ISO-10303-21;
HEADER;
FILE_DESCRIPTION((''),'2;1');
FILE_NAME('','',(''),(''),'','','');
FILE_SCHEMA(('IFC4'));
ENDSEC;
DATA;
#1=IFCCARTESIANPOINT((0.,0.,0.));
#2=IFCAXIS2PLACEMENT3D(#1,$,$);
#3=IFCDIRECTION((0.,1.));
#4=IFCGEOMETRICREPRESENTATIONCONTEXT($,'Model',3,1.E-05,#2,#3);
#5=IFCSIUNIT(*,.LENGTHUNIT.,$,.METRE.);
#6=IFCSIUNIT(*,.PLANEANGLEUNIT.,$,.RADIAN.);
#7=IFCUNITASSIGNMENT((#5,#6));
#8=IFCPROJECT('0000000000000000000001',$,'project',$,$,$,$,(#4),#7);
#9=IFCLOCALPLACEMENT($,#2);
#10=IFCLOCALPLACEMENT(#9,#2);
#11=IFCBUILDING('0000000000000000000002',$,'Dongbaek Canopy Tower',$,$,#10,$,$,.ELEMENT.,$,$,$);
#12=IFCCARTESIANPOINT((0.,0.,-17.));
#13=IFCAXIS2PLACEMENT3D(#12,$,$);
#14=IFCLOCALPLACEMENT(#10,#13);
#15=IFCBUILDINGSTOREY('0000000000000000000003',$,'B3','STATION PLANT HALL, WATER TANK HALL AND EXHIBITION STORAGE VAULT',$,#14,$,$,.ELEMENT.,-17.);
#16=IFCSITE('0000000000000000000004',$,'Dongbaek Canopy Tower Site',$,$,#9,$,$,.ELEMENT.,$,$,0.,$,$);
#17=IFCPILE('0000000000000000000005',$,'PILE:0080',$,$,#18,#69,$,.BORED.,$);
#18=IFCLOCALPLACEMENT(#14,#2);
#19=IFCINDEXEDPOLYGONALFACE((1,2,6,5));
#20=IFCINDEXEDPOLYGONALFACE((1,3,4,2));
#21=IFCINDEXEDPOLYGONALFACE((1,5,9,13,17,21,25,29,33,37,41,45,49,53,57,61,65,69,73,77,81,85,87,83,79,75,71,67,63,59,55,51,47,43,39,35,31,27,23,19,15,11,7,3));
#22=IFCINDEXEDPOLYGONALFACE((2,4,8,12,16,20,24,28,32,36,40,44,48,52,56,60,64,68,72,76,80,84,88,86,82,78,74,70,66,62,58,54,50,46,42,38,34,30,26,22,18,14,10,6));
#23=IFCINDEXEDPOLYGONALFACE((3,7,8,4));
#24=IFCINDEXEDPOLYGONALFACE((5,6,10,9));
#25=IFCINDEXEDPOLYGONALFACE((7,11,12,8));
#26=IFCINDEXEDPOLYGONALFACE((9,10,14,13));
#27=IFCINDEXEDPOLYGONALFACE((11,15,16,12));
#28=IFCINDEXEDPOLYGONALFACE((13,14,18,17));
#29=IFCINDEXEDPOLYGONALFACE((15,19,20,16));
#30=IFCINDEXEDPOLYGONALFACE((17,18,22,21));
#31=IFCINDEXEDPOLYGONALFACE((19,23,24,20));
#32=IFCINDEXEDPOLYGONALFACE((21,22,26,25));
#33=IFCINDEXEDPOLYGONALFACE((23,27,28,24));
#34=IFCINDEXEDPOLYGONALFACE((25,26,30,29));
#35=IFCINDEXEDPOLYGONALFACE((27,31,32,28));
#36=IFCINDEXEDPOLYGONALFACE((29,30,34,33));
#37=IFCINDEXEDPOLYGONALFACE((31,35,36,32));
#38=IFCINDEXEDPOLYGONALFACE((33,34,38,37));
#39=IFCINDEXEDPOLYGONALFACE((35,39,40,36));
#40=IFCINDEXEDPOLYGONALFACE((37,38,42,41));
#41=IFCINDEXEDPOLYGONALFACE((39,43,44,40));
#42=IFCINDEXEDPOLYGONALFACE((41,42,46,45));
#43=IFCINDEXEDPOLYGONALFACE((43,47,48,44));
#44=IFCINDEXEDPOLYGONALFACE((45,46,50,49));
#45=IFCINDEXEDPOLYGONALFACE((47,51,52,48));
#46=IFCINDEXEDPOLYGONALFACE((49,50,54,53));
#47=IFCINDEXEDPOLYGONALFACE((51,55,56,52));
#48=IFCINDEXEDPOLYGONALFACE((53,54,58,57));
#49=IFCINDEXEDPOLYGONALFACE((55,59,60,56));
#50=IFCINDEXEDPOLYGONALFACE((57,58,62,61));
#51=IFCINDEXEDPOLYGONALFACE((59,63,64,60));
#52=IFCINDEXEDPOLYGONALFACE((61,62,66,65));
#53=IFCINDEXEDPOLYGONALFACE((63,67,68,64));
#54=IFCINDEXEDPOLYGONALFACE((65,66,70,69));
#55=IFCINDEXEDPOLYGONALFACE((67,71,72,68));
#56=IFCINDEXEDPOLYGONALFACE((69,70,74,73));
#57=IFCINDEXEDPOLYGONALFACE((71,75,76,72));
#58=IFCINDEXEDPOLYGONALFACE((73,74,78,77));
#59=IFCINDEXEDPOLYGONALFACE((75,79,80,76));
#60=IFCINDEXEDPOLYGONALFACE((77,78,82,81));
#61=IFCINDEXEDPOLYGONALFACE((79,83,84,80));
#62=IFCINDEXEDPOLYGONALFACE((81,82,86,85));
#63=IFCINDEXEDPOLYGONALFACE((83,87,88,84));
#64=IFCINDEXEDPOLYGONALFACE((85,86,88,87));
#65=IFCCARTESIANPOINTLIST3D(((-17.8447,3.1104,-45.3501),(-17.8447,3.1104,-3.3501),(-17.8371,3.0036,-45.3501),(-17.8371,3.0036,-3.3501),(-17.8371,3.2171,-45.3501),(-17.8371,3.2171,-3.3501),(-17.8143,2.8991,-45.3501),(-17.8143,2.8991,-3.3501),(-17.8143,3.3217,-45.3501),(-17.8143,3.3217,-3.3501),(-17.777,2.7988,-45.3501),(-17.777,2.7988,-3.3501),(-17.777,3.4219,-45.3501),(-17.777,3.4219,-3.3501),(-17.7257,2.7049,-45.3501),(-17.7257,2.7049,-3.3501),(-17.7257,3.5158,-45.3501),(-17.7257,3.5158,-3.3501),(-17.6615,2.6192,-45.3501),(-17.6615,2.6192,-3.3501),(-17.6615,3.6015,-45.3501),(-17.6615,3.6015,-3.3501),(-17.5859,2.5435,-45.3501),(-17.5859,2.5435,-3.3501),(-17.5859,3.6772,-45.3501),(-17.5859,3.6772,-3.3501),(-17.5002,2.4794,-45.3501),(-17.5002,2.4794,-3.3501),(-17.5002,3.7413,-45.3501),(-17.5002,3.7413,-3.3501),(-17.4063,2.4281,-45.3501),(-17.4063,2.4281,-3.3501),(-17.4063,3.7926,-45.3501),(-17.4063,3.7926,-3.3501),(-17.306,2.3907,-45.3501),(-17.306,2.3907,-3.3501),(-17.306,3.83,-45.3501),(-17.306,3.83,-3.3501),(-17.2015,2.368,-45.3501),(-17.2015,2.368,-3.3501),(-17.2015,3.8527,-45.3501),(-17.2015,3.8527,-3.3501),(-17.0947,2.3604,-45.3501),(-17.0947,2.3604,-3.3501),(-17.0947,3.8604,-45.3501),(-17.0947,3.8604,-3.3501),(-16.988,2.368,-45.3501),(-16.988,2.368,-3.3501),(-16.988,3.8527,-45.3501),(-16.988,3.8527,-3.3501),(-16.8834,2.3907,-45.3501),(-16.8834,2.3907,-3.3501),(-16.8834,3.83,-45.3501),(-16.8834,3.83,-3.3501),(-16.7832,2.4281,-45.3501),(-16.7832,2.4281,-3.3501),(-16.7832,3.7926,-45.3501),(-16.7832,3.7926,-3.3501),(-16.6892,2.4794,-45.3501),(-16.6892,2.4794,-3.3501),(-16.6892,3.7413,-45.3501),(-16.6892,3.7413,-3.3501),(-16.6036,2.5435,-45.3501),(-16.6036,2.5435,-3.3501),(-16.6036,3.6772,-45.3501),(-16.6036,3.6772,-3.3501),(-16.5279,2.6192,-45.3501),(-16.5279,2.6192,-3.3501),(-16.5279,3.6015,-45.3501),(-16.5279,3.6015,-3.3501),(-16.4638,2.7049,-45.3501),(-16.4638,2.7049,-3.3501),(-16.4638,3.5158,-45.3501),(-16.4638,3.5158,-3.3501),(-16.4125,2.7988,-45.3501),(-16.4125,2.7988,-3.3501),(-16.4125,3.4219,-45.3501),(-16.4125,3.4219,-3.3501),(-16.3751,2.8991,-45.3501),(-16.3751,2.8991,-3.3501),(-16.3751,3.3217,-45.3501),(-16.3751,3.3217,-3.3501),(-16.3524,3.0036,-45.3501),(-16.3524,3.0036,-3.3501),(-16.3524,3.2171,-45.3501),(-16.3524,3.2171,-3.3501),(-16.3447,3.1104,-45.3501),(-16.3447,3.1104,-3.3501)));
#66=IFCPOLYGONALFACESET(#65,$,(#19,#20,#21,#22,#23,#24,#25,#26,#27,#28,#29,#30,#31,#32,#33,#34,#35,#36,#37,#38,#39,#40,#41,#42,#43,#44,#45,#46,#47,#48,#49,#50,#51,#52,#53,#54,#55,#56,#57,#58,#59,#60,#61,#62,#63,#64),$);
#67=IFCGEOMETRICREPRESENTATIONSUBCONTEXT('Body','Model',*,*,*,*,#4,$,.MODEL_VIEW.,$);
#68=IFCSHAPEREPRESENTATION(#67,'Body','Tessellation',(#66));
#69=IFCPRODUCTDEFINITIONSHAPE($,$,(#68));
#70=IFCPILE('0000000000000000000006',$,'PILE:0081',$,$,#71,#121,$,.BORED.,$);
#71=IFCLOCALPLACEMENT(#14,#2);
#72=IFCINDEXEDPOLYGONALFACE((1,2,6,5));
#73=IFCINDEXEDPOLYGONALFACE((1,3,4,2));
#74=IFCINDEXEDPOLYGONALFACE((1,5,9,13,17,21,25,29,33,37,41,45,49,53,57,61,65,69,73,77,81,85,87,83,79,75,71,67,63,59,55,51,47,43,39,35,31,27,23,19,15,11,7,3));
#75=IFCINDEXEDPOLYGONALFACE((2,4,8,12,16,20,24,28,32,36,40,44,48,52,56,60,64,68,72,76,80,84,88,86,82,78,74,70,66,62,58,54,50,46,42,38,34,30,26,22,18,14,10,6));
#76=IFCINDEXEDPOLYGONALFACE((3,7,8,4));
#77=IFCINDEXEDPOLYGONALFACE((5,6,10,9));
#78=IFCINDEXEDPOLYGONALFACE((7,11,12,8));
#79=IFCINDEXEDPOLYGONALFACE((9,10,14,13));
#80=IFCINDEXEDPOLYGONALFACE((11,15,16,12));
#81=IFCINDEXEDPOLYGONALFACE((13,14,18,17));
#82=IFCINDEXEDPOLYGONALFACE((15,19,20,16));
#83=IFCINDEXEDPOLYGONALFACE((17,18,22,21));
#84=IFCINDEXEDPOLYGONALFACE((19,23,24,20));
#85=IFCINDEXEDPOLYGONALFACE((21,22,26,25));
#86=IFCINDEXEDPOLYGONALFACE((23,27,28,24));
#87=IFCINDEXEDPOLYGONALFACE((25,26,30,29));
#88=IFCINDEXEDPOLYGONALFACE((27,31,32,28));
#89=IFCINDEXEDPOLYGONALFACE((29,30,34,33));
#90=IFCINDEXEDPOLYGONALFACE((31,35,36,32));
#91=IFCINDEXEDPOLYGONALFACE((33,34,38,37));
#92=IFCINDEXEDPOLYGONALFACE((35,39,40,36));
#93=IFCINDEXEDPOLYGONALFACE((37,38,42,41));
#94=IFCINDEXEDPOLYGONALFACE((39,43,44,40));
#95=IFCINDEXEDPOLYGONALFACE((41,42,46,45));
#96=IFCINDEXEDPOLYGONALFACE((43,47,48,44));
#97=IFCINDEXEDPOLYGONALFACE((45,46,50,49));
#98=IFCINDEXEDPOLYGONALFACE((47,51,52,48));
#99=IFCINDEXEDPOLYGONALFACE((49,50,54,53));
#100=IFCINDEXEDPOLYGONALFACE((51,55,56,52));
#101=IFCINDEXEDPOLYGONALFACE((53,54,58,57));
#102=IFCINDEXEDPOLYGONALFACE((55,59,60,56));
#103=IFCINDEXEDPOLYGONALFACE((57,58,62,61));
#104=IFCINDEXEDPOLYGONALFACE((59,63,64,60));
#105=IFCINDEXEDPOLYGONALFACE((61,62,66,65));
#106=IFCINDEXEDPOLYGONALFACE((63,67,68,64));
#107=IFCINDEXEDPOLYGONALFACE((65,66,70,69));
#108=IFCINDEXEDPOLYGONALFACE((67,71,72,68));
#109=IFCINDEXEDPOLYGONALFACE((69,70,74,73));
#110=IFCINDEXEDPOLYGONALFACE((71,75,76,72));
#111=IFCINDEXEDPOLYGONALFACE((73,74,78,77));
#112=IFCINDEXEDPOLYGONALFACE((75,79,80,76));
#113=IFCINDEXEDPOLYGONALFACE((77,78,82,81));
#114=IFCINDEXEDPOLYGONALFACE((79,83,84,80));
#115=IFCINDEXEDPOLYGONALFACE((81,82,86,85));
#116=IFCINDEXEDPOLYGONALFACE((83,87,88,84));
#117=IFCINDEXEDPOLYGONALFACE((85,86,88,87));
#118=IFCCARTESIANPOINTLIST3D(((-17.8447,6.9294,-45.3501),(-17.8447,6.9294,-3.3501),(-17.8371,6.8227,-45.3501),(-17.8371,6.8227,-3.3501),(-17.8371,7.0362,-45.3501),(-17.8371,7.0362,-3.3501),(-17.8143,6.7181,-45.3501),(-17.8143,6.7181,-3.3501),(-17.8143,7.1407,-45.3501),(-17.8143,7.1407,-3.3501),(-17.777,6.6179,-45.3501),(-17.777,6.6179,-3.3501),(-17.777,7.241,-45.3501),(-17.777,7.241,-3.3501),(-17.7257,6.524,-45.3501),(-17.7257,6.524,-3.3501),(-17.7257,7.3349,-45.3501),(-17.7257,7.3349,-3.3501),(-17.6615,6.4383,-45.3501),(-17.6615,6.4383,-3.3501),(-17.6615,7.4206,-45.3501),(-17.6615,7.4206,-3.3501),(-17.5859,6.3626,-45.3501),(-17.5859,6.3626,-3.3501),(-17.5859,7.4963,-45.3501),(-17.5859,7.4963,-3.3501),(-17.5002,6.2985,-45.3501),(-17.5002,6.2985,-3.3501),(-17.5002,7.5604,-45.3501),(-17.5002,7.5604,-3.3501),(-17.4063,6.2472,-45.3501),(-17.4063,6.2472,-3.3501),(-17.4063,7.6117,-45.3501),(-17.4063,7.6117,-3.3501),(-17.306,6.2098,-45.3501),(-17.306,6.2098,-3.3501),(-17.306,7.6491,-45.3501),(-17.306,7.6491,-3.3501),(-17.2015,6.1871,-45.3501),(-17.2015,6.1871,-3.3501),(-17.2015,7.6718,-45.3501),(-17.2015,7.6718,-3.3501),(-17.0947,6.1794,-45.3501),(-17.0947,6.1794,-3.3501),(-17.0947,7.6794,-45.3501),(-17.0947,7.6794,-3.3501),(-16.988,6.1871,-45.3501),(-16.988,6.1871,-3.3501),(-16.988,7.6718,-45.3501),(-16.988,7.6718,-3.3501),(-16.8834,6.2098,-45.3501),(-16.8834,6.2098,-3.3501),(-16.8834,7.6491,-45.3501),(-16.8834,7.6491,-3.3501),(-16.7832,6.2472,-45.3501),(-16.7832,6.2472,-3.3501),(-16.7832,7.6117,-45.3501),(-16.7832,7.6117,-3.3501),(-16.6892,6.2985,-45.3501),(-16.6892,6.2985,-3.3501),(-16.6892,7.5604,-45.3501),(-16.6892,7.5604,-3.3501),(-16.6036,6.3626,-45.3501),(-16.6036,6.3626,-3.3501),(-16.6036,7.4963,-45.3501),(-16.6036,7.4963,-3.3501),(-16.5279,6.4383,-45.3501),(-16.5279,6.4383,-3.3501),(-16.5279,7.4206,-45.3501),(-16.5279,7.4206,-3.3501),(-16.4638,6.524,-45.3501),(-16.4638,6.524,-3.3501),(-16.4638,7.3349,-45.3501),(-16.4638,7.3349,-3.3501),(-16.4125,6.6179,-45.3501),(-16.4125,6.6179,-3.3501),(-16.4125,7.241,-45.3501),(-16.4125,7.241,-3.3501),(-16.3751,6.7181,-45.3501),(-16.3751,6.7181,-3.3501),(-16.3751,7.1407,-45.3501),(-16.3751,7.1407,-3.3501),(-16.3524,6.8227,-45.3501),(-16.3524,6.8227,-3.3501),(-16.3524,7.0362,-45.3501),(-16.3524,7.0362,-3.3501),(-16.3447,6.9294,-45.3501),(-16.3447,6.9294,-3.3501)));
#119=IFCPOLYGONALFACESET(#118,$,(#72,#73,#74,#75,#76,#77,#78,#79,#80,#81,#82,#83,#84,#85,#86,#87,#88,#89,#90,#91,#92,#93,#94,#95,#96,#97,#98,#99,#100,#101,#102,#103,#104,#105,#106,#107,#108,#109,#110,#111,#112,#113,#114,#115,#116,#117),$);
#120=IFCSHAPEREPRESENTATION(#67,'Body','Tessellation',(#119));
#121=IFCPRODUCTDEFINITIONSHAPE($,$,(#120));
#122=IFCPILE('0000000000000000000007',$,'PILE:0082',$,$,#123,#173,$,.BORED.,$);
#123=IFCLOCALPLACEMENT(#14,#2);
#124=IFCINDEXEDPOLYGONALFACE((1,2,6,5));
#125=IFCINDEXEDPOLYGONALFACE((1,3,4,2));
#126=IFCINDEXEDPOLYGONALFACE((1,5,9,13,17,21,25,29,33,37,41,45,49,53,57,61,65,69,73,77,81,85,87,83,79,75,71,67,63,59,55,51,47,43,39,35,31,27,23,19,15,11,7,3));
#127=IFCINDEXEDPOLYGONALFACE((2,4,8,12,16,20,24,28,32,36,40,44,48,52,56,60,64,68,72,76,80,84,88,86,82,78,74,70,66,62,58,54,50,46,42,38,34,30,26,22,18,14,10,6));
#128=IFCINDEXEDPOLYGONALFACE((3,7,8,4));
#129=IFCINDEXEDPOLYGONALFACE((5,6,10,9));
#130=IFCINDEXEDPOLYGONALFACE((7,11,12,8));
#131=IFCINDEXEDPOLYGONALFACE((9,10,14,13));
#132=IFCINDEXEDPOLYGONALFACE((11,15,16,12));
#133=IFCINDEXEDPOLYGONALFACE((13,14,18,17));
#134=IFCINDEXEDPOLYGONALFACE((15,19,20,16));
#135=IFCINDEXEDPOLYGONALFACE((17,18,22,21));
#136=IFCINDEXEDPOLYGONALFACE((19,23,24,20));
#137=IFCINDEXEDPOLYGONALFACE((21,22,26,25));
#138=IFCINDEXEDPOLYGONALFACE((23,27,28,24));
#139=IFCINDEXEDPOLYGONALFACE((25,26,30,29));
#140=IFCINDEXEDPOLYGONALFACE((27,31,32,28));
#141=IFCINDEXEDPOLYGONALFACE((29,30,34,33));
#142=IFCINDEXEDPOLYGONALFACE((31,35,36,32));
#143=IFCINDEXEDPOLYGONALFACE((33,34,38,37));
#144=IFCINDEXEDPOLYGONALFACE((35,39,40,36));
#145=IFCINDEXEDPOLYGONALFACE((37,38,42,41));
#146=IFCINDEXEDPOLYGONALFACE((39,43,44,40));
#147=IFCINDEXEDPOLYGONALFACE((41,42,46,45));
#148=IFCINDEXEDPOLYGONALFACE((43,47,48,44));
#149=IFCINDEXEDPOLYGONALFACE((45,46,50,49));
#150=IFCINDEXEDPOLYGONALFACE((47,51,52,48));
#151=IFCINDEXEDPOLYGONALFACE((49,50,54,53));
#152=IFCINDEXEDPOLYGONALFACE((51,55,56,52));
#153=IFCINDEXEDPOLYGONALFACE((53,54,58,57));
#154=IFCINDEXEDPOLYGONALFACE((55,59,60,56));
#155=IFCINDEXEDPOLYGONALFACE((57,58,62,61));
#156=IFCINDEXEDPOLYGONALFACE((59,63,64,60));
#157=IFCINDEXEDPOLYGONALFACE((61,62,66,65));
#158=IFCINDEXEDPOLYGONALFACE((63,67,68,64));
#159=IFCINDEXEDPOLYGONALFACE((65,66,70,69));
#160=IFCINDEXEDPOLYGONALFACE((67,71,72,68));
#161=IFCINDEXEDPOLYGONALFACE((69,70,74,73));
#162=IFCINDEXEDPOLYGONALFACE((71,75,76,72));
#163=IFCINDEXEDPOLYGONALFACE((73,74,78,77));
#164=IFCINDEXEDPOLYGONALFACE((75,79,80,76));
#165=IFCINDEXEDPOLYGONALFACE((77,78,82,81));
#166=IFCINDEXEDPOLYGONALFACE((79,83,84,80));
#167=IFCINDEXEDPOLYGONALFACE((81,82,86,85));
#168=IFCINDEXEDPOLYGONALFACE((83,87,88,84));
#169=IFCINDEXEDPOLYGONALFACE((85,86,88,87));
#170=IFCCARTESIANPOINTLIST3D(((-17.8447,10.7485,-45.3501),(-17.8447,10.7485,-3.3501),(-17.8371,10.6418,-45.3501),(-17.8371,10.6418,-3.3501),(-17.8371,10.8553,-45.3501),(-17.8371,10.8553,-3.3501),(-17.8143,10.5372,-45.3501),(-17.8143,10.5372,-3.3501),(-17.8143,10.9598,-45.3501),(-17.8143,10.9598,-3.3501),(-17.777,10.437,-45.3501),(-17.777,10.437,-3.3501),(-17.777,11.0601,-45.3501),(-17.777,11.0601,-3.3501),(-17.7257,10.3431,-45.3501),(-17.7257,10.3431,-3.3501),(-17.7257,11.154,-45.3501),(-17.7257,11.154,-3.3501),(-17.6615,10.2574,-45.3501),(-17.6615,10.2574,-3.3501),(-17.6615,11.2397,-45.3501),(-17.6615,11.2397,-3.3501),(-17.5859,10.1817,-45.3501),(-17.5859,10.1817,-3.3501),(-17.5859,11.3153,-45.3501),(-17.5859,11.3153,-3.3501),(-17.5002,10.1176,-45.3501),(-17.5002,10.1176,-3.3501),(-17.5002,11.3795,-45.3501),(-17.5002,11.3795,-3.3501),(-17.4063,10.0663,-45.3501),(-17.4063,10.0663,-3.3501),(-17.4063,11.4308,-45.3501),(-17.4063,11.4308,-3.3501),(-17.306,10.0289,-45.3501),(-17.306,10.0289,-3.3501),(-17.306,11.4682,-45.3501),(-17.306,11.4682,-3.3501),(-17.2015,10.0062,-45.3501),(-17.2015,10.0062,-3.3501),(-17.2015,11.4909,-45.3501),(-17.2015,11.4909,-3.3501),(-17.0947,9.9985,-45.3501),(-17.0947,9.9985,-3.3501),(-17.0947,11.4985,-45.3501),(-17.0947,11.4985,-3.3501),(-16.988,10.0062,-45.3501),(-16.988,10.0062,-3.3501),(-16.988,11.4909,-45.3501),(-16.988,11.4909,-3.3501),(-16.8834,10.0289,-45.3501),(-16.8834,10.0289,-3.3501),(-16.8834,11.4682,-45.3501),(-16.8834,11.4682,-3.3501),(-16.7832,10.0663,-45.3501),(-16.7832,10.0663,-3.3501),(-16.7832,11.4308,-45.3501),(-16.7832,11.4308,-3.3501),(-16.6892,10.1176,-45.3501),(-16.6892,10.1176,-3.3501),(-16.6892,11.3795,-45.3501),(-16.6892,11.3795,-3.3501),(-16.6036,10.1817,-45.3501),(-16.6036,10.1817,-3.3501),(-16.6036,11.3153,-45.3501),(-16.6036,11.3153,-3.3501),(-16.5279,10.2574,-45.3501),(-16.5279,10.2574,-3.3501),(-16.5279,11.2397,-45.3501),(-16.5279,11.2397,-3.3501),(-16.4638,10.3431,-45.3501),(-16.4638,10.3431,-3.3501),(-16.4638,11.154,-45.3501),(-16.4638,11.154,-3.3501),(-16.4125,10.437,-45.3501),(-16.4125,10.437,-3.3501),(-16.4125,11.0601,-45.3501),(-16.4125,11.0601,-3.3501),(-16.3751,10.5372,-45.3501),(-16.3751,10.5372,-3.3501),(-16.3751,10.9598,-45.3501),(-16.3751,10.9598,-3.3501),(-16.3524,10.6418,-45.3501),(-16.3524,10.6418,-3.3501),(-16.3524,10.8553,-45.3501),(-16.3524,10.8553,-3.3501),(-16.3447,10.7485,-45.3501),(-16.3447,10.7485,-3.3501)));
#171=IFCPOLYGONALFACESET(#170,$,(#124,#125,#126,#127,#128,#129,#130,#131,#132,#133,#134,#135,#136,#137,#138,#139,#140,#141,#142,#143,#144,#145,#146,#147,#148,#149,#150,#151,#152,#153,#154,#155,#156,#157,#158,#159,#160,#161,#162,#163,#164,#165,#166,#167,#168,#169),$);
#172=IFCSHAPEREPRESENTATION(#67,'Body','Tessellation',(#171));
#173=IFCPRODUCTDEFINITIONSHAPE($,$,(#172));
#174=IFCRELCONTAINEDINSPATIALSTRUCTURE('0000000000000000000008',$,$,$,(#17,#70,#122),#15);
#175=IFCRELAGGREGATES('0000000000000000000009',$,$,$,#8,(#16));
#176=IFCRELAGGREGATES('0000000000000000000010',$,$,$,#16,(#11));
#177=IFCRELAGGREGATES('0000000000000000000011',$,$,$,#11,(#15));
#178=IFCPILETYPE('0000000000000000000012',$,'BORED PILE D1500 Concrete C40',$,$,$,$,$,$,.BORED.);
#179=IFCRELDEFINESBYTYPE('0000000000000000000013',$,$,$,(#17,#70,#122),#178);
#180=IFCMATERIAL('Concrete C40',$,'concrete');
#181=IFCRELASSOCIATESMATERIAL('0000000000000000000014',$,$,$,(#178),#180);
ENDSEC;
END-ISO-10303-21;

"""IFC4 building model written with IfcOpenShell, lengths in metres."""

from ifc_helpers import new_model, si_unit, direction, frame, origin, origin_2d, place, context, subcontext, project, spatial, circle, extrude, material, material_profile, profile_set, type_object, element, save


model = new_model("IFC4")

# Units and contexts
model_context = context("Model", 3, precision=1e-05, world=origin(), true_north=direction((0.0, 1.0)))
body_context = subcontext(model_context, "Body", "Model", "MODEL_VIEW")
ifc_project = project(units=[si_unit("LENGTHUNIT", "METRE"), si_unit("PLANEANGLEUNIT", "RADIAN")], contexts=[model_context])

# Site, building, storey
site_placement = place(None, origin())
site = spatial("IfcSite", under=ifc_project, at=site_placement, Name="Dongbaek Canopy Tower Site", CompositionType="ELEMENT", RefElevation=0.0)
building_placement = place(site_placement, origin())
building = spatial("IfcBuilding", under=site, at=building_placement, Name="Dongbaek Canopy Tower", CompositionType="ELEMENT")
storey_placement = place(building_placement, frame((0.0, 0.0, -17.0)))
storey = spatial("IfcBuildingStorey", under=building, at=storey_placement, Name="B3", Description="STATION PLANT HALL, WATER TANK HALL AND EXHIBITION STORAGE VAULT", CompositionType="ELEMENT", Elevation=-17.0)

# Piles
ifc_material_1 = material(Name="Concrete C40", Category="concrete")
ifc_material_profile_1 = material_profile(ifc_material_1, circle(Radius=0.75, at=origin_2d()), Name="BORED PILE D1500 Concrete C40")
ifc_profile_set_1 = profile_set([ifc_material_profile_1], Name="Concrete C40")
pile_type = type_object("IfcPileType", Name="BORED PILE D1500 Concrete C40", PredefinedType="BORED", material=ifc_profile_set_1)
for number, where, z_axis, x_axis, name in (
    (1, (-17.0947, 3.1104, -3.3501), (0.0, 0.0, -1.0), (1.0, 0.0, 0.0), "PILE:0080"),
    (2, (-17.0947, 6.9294, -3.3501), (0.0, 0.0, -1.0), (1.0, 0.0, 0.0), "PILE:0081"),
    (3, (-17.0947, 10.7485, -3.3501), (0.0, 0.0, -1.0), (1.0, 0.0, 0.0), "PILE:0082"),
):
    element("IfcPile", number, at=place(storey_placement, frame(where, z_axis=z_axis, x_axis=x_axis)), inside=storey, type_object=pile_type, Name=name, PredefinedType="BORED", context=body_context, shape_type="SweptSolid", body=[
        extrude(circle(Radius=0.75, at=origin_2d()), origin(), (0.0, 0.0, 1.0), 42.0),
    ])

save(model, "model.ifc")
